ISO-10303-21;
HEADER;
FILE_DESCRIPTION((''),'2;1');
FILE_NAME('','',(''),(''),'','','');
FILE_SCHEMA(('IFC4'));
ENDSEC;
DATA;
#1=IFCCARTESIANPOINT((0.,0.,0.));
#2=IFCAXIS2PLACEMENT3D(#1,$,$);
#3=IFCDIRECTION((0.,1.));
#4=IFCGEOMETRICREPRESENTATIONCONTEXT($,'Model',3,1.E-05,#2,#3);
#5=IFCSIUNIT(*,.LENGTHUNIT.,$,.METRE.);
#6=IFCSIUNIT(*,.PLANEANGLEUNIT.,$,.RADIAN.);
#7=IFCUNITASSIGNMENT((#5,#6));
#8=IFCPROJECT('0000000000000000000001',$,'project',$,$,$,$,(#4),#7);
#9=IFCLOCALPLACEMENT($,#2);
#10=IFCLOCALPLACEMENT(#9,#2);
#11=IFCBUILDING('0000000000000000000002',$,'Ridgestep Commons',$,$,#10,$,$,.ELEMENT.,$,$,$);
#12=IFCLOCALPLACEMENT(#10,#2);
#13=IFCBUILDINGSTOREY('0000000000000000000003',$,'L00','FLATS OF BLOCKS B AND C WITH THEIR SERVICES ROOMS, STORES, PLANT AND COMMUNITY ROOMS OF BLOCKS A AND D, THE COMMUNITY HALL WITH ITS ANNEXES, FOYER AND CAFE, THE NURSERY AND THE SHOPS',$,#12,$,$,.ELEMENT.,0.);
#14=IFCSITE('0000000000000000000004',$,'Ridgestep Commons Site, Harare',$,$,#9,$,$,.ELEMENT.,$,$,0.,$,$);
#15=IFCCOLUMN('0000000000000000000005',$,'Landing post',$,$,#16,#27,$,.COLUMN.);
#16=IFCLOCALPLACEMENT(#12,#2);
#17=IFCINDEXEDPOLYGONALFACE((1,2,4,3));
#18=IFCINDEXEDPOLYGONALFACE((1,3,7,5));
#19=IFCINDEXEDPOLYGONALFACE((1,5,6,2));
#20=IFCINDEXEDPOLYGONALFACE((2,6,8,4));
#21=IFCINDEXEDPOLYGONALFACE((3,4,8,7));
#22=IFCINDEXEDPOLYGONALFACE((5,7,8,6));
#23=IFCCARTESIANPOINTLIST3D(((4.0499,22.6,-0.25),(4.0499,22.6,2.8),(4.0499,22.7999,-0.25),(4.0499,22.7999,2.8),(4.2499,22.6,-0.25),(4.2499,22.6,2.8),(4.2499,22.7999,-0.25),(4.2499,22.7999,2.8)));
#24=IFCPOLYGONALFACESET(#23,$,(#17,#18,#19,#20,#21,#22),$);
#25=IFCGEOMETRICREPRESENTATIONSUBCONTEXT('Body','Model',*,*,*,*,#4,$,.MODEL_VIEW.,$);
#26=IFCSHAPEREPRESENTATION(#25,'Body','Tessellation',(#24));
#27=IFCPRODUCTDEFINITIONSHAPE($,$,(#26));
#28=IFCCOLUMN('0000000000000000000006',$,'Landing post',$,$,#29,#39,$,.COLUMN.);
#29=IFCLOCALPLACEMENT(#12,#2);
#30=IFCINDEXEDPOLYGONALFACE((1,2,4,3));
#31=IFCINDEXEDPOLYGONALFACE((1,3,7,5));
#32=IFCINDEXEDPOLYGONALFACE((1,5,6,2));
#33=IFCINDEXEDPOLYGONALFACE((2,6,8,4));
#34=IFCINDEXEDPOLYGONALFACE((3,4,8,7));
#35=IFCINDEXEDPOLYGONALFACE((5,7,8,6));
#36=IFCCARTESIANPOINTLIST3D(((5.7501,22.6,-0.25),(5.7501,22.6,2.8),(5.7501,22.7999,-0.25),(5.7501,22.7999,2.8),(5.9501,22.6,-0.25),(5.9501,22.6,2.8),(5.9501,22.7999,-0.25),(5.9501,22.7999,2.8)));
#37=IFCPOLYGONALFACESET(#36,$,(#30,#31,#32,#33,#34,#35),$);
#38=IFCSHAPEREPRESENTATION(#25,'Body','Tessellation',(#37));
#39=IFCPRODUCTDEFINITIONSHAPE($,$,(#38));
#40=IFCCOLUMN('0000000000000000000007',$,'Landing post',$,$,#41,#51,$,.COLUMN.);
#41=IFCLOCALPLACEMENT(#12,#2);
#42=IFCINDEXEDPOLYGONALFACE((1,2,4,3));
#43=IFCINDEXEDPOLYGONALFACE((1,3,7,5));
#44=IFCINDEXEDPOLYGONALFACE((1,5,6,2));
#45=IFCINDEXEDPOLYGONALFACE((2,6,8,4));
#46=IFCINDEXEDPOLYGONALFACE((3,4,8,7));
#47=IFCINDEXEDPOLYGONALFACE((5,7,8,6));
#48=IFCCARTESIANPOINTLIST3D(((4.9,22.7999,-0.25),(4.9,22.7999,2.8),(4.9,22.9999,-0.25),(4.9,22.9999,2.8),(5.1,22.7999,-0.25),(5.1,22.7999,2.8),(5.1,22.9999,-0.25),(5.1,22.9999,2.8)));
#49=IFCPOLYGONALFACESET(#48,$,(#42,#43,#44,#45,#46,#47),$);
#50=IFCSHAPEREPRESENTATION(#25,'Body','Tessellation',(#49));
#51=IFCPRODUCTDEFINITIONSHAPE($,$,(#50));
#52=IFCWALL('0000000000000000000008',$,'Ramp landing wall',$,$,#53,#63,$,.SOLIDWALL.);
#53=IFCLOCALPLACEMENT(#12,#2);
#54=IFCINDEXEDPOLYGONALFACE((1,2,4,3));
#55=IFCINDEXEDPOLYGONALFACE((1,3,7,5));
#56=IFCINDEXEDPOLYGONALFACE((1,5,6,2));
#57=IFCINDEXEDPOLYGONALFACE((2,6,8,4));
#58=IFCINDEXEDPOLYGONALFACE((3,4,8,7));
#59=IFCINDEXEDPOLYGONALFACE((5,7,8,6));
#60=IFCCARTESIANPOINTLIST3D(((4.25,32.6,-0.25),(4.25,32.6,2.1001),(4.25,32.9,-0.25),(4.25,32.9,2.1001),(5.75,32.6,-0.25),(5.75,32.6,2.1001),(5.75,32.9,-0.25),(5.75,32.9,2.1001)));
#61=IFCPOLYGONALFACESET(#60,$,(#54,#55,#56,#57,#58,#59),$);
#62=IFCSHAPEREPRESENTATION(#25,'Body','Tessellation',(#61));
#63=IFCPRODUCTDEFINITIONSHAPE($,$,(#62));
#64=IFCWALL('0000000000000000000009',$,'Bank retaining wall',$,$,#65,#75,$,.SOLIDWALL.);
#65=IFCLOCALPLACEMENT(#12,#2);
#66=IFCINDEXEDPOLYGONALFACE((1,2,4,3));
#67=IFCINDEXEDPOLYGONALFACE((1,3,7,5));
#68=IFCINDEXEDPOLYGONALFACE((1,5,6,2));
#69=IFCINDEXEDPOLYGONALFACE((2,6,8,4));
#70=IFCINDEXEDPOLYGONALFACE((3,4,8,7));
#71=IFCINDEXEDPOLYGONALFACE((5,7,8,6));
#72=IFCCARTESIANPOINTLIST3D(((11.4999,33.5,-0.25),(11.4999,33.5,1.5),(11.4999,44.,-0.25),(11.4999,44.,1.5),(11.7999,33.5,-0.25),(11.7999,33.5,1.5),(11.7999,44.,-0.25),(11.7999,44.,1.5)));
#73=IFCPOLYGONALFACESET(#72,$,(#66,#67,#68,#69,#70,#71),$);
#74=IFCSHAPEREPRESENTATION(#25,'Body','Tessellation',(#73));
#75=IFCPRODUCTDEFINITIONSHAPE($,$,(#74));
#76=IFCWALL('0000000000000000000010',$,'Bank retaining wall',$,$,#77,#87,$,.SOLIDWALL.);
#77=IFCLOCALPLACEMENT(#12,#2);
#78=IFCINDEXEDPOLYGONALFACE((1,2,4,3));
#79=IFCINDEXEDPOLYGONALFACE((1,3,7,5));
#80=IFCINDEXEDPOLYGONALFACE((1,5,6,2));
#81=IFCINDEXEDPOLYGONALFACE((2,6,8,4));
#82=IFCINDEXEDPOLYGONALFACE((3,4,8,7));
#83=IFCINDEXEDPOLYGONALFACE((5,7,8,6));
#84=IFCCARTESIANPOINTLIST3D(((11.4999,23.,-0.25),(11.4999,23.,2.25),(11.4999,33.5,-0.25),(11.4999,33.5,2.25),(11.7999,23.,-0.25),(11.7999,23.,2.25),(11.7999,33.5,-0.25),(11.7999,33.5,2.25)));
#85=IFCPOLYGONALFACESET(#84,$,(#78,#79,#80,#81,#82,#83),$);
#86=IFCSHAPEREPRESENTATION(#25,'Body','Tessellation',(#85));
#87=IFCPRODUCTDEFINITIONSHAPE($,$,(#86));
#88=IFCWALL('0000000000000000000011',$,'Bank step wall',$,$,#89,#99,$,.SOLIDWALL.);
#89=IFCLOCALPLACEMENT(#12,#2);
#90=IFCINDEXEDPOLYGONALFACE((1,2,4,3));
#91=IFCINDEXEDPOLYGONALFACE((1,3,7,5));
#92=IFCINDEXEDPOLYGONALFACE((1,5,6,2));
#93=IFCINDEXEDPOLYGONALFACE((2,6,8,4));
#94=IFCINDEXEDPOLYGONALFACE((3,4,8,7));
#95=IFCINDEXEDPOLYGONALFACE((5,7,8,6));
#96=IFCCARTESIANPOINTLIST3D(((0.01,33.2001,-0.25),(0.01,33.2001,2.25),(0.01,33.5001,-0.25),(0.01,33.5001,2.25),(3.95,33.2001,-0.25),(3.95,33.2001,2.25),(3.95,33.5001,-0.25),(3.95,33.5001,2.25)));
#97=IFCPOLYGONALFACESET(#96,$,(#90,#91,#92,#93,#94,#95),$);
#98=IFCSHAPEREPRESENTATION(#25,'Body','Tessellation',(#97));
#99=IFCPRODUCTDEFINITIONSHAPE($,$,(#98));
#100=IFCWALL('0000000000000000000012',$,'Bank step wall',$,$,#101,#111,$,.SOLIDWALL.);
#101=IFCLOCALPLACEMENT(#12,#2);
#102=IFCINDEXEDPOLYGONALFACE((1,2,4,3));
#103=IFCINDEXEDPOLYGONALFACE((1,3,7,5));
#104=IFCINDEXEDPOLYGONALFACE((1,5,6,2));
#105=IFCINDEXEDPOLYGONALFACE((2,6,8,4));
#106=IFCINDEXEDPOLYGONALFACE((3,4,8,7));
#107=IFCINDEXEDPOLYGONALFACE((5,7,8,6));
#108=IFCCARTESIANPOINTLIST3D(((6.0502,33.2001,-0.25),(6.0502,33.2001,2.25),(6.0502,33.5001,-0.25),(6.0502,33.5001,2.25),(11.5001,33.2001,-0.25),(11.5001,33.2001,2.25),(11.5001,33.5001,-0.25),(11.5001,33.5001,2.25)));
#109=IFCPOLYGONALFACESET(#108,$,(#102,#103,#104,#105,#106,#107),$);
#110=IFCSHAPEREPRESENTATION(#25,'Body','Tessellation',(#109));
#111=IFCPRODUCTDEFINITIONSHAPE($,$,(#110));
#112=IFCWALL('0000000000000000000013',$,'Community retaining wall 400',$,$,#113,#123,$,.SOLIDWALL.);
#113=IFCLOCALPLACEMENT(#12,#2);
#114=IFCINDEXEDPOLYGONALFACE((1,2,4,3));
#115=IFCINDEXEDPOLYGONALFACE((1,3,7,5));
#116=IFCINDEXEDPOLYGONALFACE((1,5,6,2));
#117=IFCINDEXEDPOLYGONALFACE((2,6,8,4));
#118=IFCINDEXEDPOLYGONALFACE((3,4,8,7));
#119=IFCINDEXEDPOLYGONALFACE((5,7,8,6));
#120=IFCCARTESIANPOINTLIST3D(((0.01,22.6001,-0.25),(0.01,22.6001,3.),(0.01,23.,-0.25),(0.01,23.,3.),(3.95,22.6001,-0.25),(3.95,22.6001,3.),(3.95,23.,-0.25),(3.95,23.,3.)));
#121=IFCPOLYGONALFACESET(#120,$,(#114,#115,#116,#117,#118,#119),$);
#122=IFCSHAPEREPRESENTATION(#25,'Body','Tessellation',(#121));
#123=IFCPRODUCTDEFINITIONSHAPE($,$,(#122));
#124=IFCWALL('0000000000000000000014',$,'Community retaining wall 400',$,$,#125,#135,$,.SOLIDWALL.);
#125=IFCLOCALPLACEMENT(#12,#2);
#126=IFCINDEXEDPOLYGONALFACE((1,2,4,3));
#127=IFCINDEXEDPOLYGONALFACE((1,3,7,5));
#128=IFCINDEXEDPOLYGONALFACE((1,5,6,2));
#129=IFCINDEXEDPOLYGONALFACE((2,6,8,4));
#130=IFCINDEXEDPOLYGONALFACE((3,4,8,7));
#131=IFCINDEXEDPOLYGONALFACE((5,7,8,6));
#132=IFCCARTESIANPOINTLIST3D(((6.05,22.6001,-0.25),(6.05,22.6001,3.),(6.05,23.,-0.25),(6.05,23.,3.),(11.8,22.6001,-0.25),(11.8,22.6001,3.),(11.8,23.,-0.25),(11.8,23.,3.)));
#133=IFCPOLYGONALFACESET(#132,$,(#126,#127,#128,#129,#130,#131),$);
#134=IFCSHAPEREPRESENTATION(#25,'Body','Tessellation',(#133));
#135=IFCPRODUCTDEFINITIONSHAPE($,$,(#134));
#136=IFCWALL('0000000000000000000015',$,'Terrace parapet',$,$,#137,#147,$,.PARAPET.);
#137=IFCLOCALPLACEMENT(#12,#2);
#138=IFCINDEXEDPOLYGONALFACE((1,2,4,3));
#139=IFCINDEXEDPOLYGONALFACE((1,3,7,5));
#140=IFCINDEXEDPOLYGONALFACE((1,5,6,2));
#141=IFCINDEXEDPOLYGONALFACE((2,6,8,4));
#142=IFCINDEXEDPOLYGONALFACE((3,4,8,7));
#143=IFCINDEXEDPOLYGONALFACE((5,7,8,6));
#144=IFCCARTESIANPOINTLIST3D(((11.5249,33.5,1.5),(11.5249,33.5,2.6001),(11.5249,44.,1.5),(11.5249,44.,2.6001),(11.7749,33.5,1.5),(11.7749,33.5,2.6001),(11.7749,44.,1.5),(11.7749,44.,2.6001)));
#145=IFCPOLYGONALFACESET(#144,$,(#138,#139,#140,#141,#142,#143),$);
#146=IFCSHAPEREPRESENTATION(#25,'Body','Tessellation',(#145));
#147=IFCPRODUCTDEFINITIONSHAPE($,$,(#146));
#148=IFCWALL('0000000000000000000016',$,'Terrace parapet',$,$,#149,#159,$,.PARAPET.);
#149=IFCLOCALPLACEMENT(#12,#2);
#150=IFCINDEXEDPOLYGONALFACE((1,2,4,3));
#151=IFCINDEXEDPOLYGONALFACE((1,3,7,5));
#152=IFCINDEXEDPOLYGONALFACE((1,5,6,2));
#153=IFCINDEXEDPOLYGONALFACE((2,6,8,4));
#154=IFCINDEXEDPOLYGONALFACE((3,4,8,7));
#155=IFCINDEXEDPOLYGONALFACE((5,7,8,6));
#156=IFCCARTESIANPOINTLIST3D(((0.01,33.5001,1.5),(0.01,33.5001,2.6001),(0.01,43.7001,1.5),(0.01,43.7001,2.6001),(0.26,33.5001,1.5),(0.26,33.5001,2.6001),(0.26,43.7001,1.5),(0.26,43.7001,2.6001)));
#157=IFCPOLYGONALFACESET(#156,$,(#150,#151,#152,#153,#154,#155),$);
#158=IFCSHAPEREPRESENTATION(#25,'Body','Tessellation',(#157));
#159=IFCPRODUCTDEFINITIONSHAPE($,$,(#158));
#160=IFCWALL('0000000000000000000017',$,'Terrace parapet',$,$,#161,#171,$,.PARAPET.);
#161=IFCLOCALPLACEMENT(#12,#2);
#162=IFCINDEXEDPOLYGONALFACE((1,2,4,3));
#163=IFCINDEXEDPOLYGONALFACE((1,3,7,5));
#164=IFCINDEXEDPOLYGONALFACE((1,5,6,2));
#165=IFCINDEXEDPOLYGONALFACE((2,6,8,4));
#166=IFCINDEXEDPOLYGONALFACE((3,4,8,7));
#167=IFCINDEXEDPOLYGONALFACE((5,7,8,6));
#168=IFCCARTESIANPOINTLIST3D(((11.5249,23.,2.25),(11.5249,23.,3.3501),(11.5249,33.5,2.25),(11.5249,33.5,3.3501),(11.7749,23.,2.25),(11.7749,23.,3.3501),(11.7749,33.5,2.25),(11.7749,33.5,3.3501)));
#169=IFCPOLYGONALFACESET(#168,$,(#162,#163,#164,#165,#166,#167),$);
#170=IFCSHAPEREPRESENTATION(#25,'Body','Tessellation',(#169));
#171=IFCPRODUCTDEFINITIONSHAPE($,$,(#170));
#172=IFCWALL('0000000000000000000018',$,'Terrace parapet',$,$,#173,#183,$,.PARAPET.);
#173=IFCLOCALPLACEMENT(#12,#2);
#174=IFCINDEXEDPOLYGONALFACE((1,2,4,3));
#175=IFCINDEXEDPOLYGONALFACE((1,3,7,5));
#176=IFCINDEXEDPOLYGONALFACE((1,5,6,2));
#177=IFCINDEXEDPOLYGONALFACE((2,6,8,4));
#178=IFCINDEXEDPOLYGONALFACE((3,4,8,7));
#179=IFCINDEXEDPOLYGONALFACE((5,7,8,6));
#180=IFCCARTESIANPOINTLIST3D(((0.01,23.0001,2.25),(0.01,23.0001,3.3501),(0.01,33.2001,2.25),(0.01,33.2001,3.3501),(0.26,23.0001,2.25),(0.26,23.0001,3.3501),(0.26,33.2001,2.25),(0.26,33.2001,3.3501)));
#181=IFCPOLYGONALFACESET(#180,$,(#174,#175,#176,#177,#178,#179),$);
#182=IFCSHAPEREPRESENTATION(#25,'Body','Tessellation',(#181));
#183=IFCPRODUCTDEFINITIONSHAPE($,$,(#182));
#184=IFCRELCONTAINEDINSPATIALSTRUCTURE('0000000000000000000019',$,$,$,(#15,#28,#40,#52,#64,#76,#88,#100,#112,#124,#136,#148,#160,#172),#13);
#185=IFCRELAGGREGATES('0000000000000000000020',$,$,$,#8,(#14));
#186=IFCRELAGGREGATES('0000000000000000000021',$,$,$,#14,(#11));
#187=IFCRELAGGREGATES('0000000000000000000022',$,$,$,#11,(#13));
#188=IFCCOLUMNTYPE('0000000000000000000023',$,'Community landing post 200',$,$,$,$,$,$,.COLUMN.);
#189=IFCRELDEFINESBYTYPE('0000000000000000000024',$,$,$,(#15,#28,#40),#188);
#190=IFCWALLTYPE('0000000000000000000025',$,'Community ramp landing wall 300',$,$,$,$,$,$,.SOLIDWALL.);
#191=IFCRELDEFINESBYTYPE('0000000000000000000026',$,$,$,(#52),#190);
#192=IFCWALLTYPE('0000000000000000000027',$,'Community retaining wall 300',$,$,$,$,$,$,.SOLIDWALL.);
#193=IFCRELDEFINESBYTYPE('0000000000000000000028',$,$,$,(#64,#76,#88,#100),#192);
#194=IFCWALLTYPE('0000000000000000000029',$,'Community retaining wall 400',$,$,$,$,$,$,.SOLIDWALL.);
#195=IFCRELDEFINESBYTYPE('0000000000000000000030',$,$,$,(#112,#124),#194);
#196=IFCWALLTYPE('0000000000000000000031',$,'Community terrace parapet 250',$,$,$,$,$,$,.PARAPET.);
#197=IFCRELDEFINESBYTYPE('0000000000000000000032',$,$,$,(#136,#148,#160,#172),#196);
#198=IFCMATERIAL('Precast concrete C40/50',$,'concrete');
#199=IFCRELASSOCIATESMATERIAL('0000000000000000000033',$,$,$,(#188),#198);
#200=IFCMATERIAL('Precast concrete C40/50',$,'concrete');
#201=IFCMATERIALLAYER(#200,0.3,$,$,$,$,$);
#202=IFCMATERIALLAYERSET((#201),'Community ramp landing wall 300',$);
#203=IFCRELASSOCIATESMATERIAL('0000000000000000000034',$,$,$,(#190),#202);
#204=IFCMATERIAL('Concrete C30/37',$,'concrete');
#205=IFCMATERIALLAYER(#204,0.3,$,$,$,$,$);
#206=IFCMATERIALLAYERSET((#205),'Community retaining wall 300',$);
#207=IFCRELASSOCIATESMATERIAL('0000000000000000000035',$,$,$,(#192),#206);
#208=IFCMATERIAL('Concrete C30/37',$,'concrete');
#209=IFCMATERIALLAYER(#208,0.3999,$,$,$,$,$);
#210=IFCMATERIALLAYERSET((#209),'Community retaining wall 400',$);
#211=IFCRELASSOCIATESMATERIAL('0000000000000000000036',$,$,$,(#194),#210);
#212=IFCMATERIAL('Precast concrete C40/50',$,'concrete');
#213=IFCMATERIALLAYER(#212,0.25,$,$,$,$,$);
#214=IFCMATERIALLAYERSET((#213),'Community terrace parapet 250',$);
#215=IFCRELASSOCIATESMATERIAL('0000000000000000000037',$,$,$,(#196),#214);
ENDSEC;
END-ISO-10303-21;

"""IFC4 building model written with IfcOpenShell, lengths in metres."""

from ifc_helpers import new_model, si_unit, direction, frame, frame_2d, origin, origin_2d, place, context, subcontext, project, spatial, rectangle, extrude, material, layer, layer_set, material_profile, profile_set, type_object, element, save


model = new_model("IFC4")

# Units and contexts
model_context = context("Model", 3, precision=1e-05, world=origin(), true_north=direction((0.0, 1.0)))
body_context = subcontext(model_context, "Body", "Model", "MODEL_VIEW")
ifc_project = project(units=[si_unit("LENGTHUNIT", "METRE"), si_unit("PLANEANGLEUNIT", "RADIAN")], contexts=[model_context])

# Site, building, storey
site_placement = place(None, origin())
site = spatial("IfcSite", under=ifc_project, at=site_placement, Name="Ridgestep Commons Site, Harare", CompositionType="ELEMENT", RefElevation=0.0)
building_placement = place(site_placement, origin())
building = spatial("IfcBuilding", under=site, at=building_placement, Name="Ridgestep Commons", CompositionType="ELEMENT")
storey_placement = place(building_placement, origin())
storey = spatial("IfcBuildingStorey", under=building, at=storey_placement, Name="L00", Description="FLATS OF BLOCKS B AND C WITH THEIR SERVICES ROOMS, STORES, PLANT AND COMMUNITY ROOMS OF BLOCKS A AND D, THE COMMUNITY HALL WITH ITS ANNEXES, FOYER AND CAFE, THE NURSERY AND THE SHOPS", CompositionType="ELEMENT", Elevation=0.0)

# Columns
ifc_material_1 = material(Name="Precast concrete C40/50", Category="concrete")
ifc_material_profile = material_profile(ifc_material_1, rectangle(XDim=0.2, YDim=0.2, at=origin_2d()), Name="Community landing post 200")
ifc_profile_set = profile_set([ifc_material_profile], Name="Precast concrete C40/50")
column_type = type_object("IfcColumnType", Name="Community landing post 200", PredefinedType="COLUMN", material=ifc_profile_set)
for number, where, z_axis, x_axis, name in (
    (1, (4.1499, 22.7, -0.25), (0.0, 0.0, 1.0), (1.0, 0.0, 0.0), "Landing post"),
    (2, (5.8501, 22.7, -0.25), (0.0, 0.0, 1.0), (1.0, 0.0, 0.0), "Landing post"),
    (3, (5.0, 22.8999, -0.25), (0.0, 0.0, 1.0), (1.0, 0.0, 0.0), "Landing post"),
):
    element("IfcColumn", number, at=place(storey_placement, frame(where, z_axis=z_axis, x_axis=x_axis)), inside=storey, type_object=column_type, Name=name, PredefinedType="COLUMN", context=body_context, shape_type="SweptSolid", body=[
        extrude(rectangle(XDim=0.2, YDim=0.2, at=origin_2d()), origin(), (0.0, 0.0, 1.0), 3.05),
    ])

# Walls
ifc_material_2 = material(Name="Precast concrete C40/50", Category="concrete")
ifc_layer_1 = layer(ifc_material_2, 0.3)
ifc_layer_set_1 = layer_set([ifc_layer_1], Name="Community ramp landing wall 300")
wall_type_1 = type_object("IfcWallType", Name="Community ramp landing wall 300", PredefinedType="SOLIDWALL", material=ifc_layer_set_1)
wall_1_placement = place(storey_placement, frame((4.25, 32.75, -0.25), z_axis=(0.0, 0.0, 1.0), x_axis=(1.0, 0.0, 0.0)))
element("IfcWall", 4, at=wall_1_placement, inside=storey, type_object=wall_type_1, Name="Ramp landing wall", PredefinedType="SOLIDWALL", context=body_context, shape_type="SweptSolid", body=[
    extrude(rectangle(XDim=1.5, YDim=0.3, at=frame_2d((0.75, 0.0))), origin(), (0.0, 0.0, 1.0), 2.3501),
])
ifc_material_3 = material(Name="Concrete C30/37", Category="concrete")
ifc_layer_2 = layer(ifc_material_3, 0.3)
ifc_layer_set_2 = layer_set([ifc_layer_2], Name="Community retaining wall 300")
wall_type_2 = type_object("IfcWallType", Name="Community retaining wall 300", PredefinedType="SOLIDWALL", material=ifc_layer_set_2)
wall_2_placement = place(storey_placement, frame((11.6499, 33.5, -0.25), z_axis=(0.0, 0.0, 1.0), x_axis=(0.0, 1.0, 0.0)))
element("IfcWall", 5, at=wall_2_placement, inside=storey, type_object=wall_type_2, Name="Bank retaining wall", PredefinedType="SOLIDWALL", context=body_context, shape_type="SweptSolid", body=[
    extrude(rectangle(XDim=10.5, YDim=0.3, at=frame_2d((5.25, 0.0))), origin(), (0.0, 0.0, 1.0), 1.75),
])
wall_3_placement = place(storey_placement, frame((11.6499, 23.0, -0.25), z_axis=(0.0, 0.0, 1.0), x_axis=(0.0, 1.0, 0.0)))
element("IfcWall", 6, at=wall_3_placement, inside=storey, type_object=wall_type_2, Name="Bank retaining wall", PredefinedType="SOLIDWALL", context=body_context, shape_type="SweptSolid", body=[
    extrude(rectangle(XDim=10.5, YDim=0.3, at=frame_2d((5.25, 0.0))), origin(), (0.0, 0.0, 1.0), 2.5),
])
wall_4_placement = place(storey_placement, frame((0.01, 33.3501, -0.25), z_axis=(0.0, 0.0, 1.0), x_axis=(1.0, 0.0, 0.0)))
element("IfcWall", 7, at=wall_4_placement, inside=storey, type_object=wall_type_2, Name="Bank step wall", PredefinedType="SOLIDWALL", context=body_context, shape_type="SweptSolid", body=[
    extrude(rectangle(XDim=3.9399, YDim=0.3, at=frame_2d((1.97, 0.0))), origin(), (0.0, 0.0, 1.0), 2.5),
])
wall_5_placement = place(storey_placement, frame((6.05, 33.3501, -0.25), z_axis=(0.0, 0.0, 1.0), x_axis=(1.0, 0.0, 0.0)))
element("IfcWall", 8, at=wall_5_placement, inside=storey, type_object=wall_type_2, Name="Bank step wall", PredefinedType="SOLIDWALL", context=body_context, shape_type="SweptSolid", body=[
    extrude(rectangle(XDim=5.45, YDim=0.3, at=frame_2d((2.7251, 0.0))), origin(), (0.0, 0.0, 1.0), 2.5),
])
ifc_material_4 = material(Name="Concrete C30/37", Category="concrete")
ifc_layer_3 = layer(ifc_material_4, 0.3999)
ifc_layer_set_3 = layer_set([ifc_layer_3], Name="Community retaining wall 400")
wall_type_3 = type_object("IfcWallType", Name="Community retaining wall 400", PredefinedType="SOLIDWALL", material=ifc_layer_set_3)
wall_6_placement = place(storey_placement, frame((0.01, 22.8, -0.25), z_axis=(0.0, 0.0, 1.0), x_axis=(1.0, 0.0, 0.0)))
element("IfcWall", 9, at=wall_6_placement, inside=storey, type_object=wall_type_3, Name="Community retaining wall 400", PredefinedType="SOLIDWALL", context=body_context, shape_type="SweptSolid", body=[
    extrude(rectangle(XDim=3.9399, YDim=0.3999, at=frame_2d((1.97, 0.0))), origin(), (0.0, 0.0, 1.0), 3.25),
])
wall_7_placement = place(storey_placement, frame((6.05, 22.8, -0.25), z_axis=(0.0, 0.0, 1.0), x_axis=(1.0, 0.0, 0.0)))
element("IfcWall", 10, at=wall_7_placement, inside=storey, type_object=wall_type_3, Name="Community retaining wall 400", PredefinedType="SOLIDWALL", context=body_context, shape_type="SweptSolid", body=[
    extrude(rectangle(XDim=5.75, YDim=0.3999, at=frame_2d((2.875, 0.0))), origin(), (0.0, 0.0, 1.0), 3.25),
])
ifc_material_5 = material(Name="Precast concrete C40/50", Category="concrete")
ifc_layer_4 = layer(ifc_material_5, 0.25)
ifc_layer_set_4 = layer_set([ifc_layer_4], Name="Community terrace parapet 250")
wall_type_4 = type_object("IfcWallType", Name="Community terrace parapet 250", PredefinedType="PARAPET", material=ifc_layer_set_4)
wall_8_placement = place(storey_placement, frame((11.6499, 33.5, 1.5), z_axis=(0.0, 0.0, 1.0), x_axis=(0.0, 1.0, 0.0)))
element("IfcWall", 11, at=wall_8_placement, inside=storey, type_object=wall_type_4, Name="Terrace parapet", PredefinedType="PARAPET", context=body_context, shape_type="SweptSolid", body=[
    extrude(rectangle(XDim=10.5, YDim=0.25, at=frame_2d((5.25, 0.0))), origin(), (0.0, 0.0, 1.0), 1.1001),
])
wall_9_placement = place(storey_placement, frame((0.135, 33.5, 1.5), z_axis=(0.0, 0.0, 1.0), x_axis=(0.0, 1.0, 0.0)))
element("IfcWall", 12, at=wall_9_placement, inside=storey, type_object=wall_type_4, Name="Terrace parapet", PredefinedType="PARAPET", context=body_context, shape_type="SweptSolid", body=[
    extrude(rectangle(XDim=10.2, YDim=0.25, at=frame_2d((5.1001, 0.0))), origin(), (0.0, 0.0, 1.0), 1.1001),
])
wall_10_placement = place(storey_placement, frame((11.6499, 23.0, 2.25), z_axis=(0.0, 0.0, 1.0), x_axis=(0.0, 1.0, 0.0)))
element("IfcWall", 13, at=wall_10_placement, inside=storey, type_object=wall_type_4, Name="Terrace parapet", PredefinedType="PARAPET", context=body_context, shape_type="SweptSolid", body=[
    extrude(rectangle(XDim=10.5, YDim=0.25, at=frame_2d((5.25, 0.0))), origin(), (0.0, 0.0, 1.0), 1.1001),
])
wall_11_placement = place(storey_placement, frame((0.135, 23.0, 2.25), z_axis=(0.0, 0.0, 1.0), x_axis=(0.0, 1.0, 0.0)))
element("IfcWall", 14, at=wall_11_placement, inside=storey, type_object=wall_type_4, Name="Terrace parapet", PredefinedType="PARAPET", context=body_context, shape_type="SweptSolid", body=[
    extrude(rectangle(XDim=10.2, YDim=0.25, at=frame_2d((5.1001, 0.0))), origin(), (0.0, 0.0, 1.0), 1.1001),
])

save(model, "model.ifc")
